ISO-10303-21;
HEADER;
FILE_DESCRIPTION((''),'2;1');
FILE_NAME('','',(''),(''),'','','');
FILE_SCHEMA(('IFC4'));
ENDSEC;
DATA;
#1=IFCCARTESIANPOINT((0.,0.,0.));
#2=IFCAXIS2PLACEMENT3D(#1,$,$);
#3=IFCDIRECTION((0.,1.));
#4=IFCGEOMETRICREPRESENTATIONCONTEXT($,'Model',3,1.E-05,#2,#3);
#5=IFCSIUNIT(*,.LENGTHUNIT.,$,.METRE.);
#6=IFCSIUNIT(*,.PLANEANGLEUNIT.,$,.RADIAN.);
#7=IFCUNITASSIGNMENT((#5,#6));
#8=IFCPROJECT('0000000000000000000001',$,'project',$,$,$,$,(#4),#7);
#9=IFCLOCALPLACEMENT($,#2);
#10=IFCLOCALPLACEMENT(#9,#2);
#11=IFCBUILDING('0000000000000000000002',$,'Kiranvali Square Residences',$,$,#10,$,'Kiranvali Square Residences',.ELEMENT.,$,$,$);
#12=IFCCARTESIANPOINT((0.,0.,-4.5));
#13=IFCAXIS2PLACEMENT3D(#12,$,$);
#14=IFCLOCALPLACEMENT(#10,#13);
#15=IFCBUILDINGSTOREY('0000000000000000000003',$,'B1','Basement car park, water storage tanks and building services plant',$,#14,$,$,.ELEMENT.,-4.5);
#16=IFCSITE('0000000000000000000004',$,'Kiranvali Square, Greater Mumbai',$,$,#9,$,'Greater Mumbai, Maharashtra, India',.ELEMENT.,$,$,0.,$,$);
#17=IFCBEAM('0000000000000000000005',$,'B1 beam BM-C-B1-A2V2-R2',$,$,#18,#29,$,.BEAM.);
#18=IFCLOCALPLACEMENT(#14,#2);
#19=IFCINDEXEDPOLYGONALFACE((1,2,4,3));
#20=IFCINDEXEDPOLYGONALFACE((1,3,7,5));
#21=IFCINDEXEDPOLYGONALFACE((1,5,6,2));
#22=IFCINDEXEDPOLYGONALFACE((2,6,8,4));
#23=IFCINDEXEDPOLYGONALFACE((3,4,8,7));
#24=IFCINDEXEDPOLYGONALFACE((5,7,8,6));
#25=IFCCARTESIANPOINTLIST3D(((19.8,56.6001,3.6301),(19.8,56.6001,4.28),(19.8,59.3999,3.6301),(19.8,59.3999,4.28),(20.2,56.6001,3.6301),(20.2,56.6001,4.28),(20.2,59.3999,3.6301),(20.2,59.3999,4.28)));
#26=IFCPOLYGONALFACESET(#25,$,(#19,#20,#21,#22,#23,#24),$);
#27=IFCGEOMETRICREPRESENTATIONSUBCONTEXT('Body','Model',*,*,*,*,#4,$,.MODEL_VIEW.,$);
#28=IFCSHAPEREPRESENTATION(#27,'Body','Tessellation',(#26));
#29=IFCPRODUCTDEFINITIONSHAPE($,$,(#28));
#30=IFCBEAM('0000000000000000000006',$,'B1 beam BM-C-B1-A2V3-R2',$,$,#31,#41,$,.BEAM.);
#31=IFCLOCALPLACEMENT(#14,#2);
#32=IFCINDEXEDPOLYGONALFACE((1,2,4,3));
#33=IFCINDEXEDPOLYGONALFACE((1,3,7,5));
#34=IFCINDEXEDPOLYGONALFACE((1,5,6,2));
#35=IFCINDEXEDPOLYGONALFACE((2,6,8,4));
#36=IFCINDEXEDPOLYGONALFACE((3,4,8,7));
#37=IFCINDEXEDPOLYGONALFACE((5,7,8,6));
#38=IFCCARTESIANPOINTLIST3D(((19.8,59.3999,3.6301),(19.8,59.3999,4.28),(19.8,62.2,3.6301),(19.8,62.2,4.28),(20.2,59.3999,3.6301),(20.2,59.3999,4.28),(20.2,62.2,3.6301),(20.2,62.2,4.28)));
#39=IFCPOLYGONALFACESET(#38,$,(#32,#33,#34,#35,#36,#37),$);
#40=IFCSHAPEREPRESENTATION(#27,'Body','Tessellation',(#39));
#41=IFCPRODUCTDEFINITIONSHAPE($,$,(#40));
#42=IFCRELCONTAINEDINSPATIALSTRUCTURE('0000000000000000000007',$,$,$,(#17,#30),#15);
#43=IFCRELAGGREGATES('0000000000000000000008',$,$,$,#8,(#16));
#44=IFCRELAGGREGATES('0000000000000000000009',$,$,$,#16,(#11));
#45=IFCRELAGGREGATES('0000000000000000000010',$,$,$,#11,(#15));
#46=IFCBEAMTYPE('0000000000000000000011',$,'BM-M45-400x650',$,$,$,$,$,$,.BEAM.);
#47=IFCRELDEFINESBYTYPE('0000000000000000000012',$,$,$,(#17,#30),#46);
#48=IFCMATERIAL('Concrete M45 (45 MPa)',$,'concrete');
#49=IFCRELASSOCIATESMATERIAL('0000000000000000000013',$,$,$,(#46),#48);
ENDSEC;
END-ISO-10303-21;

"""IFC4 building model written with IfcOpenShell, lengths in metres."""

from ifc_helpers import new_model, si_unit, direction, frame, origin, origin_2d, place, context, subcontext, project, spatial, rectangle, extrude, material, material_profile, profile_set, type_object, element, save


model = new_model("IFC4")

# Units and contexts
model_context = context("Model", 3, precision=1e-05, world=origin(), true_north=direction((0.0, 1.0)))
body_context = subcontext(model_context, "Body", "Model", "MODEL_VIEW")
ifc_project = project(units=[si_unit("LENGTHUNIT", "METRE"), si_unit("PLANEANGLEUNIT", "RADIAN")], contexts=[model_context])

# Site, building, storey
site_placement = place(None, origin())
site = spatial("IfcSite", under=ifc_project, at=site_placement, Name="Kiranvali Square, Greater Mumbai", LongName="Greater Mumbai, Maharashtra, India", CompositionType="ELEMENT", RefElevation=0.0)
building_placement = place(site_placement, origin())
building = spatial("IfcBuilding", under=site, at=building_placement, Name="Kiranvali Square Residences", LongName="Kiranvali Square Residences", CompositionType="ELEMENT")
storey_placement = place(building_placement, frame((0.0, 0.0, -4.5)))
storey = spatial("IfcBuildingStorey", under=building, at=storey_placement, Name="B1", Description="Basement car park, water storage tanks and building services plant", CompositionType="ELEMENT", Elevation=-4.5)

# Shared definitions
ifc_material_1 = material(Name="Concrete M45 (45 MPa)", Category="concrete")

# Beams
ifc_material_profile_1 = material_profile(ifc_material_1, rectangle(XDim=0.3999, YDim=0.6499, at=origin_2d()), Name="RC 400x650")
ifc_profile_set_1 = profile_set([ifc_material_profile_1], Name="Concrete M45 (45 MPa)")
beam_type_1 = type_object("IfcBeamType", Name="BM-M45-400x650", PredefinedType="BEAM", material=ifc_profile_set_1)
beam_1_placement = place(storey_placement, frame((20.0, 56.6001, 3.9551), z_axis=(0.0, 1.0, 0.0), x_axis=(-1.0, 0.0, 0.0)))
element("IfcBeam", 1, at=beam_1_placement, inside=storey, type_object=beam_type_1, Name="B1 beam BM-C-B1-A2V2-R2", PredefinedType="BEAM", context=body_context, shape_type="SweptSolid", body=[
    extrude(rectangle(XDim=0.3999, YDim=0.6499, at=origin_2d()), origin(), (0.0, 0.0, 1.0), 2.7998),
])
beam_2_placement = place(storey_placement, frame((20.0, 59.3999, 3.9551), z_axis=(0.0, 1.0, 0.0), x_axis=(-1.0, 0.0, 0.0)))
element("IfcBeam", 2, at=beam_2_placement, inside=storey, type_object=beam_type_1, Name="B1 beam BM-C-B1-A2V3-R2", PredefinedType="BEAM", context=body_context, shape_type="SweptSolid", body=[
    extrude(rectangle(XDim=0.3999, YDim=0.6499, at=origin_2d()), origin(), (0.0, 0.0, 1.0), 2.8),
])

save(model, "model.ifc")
